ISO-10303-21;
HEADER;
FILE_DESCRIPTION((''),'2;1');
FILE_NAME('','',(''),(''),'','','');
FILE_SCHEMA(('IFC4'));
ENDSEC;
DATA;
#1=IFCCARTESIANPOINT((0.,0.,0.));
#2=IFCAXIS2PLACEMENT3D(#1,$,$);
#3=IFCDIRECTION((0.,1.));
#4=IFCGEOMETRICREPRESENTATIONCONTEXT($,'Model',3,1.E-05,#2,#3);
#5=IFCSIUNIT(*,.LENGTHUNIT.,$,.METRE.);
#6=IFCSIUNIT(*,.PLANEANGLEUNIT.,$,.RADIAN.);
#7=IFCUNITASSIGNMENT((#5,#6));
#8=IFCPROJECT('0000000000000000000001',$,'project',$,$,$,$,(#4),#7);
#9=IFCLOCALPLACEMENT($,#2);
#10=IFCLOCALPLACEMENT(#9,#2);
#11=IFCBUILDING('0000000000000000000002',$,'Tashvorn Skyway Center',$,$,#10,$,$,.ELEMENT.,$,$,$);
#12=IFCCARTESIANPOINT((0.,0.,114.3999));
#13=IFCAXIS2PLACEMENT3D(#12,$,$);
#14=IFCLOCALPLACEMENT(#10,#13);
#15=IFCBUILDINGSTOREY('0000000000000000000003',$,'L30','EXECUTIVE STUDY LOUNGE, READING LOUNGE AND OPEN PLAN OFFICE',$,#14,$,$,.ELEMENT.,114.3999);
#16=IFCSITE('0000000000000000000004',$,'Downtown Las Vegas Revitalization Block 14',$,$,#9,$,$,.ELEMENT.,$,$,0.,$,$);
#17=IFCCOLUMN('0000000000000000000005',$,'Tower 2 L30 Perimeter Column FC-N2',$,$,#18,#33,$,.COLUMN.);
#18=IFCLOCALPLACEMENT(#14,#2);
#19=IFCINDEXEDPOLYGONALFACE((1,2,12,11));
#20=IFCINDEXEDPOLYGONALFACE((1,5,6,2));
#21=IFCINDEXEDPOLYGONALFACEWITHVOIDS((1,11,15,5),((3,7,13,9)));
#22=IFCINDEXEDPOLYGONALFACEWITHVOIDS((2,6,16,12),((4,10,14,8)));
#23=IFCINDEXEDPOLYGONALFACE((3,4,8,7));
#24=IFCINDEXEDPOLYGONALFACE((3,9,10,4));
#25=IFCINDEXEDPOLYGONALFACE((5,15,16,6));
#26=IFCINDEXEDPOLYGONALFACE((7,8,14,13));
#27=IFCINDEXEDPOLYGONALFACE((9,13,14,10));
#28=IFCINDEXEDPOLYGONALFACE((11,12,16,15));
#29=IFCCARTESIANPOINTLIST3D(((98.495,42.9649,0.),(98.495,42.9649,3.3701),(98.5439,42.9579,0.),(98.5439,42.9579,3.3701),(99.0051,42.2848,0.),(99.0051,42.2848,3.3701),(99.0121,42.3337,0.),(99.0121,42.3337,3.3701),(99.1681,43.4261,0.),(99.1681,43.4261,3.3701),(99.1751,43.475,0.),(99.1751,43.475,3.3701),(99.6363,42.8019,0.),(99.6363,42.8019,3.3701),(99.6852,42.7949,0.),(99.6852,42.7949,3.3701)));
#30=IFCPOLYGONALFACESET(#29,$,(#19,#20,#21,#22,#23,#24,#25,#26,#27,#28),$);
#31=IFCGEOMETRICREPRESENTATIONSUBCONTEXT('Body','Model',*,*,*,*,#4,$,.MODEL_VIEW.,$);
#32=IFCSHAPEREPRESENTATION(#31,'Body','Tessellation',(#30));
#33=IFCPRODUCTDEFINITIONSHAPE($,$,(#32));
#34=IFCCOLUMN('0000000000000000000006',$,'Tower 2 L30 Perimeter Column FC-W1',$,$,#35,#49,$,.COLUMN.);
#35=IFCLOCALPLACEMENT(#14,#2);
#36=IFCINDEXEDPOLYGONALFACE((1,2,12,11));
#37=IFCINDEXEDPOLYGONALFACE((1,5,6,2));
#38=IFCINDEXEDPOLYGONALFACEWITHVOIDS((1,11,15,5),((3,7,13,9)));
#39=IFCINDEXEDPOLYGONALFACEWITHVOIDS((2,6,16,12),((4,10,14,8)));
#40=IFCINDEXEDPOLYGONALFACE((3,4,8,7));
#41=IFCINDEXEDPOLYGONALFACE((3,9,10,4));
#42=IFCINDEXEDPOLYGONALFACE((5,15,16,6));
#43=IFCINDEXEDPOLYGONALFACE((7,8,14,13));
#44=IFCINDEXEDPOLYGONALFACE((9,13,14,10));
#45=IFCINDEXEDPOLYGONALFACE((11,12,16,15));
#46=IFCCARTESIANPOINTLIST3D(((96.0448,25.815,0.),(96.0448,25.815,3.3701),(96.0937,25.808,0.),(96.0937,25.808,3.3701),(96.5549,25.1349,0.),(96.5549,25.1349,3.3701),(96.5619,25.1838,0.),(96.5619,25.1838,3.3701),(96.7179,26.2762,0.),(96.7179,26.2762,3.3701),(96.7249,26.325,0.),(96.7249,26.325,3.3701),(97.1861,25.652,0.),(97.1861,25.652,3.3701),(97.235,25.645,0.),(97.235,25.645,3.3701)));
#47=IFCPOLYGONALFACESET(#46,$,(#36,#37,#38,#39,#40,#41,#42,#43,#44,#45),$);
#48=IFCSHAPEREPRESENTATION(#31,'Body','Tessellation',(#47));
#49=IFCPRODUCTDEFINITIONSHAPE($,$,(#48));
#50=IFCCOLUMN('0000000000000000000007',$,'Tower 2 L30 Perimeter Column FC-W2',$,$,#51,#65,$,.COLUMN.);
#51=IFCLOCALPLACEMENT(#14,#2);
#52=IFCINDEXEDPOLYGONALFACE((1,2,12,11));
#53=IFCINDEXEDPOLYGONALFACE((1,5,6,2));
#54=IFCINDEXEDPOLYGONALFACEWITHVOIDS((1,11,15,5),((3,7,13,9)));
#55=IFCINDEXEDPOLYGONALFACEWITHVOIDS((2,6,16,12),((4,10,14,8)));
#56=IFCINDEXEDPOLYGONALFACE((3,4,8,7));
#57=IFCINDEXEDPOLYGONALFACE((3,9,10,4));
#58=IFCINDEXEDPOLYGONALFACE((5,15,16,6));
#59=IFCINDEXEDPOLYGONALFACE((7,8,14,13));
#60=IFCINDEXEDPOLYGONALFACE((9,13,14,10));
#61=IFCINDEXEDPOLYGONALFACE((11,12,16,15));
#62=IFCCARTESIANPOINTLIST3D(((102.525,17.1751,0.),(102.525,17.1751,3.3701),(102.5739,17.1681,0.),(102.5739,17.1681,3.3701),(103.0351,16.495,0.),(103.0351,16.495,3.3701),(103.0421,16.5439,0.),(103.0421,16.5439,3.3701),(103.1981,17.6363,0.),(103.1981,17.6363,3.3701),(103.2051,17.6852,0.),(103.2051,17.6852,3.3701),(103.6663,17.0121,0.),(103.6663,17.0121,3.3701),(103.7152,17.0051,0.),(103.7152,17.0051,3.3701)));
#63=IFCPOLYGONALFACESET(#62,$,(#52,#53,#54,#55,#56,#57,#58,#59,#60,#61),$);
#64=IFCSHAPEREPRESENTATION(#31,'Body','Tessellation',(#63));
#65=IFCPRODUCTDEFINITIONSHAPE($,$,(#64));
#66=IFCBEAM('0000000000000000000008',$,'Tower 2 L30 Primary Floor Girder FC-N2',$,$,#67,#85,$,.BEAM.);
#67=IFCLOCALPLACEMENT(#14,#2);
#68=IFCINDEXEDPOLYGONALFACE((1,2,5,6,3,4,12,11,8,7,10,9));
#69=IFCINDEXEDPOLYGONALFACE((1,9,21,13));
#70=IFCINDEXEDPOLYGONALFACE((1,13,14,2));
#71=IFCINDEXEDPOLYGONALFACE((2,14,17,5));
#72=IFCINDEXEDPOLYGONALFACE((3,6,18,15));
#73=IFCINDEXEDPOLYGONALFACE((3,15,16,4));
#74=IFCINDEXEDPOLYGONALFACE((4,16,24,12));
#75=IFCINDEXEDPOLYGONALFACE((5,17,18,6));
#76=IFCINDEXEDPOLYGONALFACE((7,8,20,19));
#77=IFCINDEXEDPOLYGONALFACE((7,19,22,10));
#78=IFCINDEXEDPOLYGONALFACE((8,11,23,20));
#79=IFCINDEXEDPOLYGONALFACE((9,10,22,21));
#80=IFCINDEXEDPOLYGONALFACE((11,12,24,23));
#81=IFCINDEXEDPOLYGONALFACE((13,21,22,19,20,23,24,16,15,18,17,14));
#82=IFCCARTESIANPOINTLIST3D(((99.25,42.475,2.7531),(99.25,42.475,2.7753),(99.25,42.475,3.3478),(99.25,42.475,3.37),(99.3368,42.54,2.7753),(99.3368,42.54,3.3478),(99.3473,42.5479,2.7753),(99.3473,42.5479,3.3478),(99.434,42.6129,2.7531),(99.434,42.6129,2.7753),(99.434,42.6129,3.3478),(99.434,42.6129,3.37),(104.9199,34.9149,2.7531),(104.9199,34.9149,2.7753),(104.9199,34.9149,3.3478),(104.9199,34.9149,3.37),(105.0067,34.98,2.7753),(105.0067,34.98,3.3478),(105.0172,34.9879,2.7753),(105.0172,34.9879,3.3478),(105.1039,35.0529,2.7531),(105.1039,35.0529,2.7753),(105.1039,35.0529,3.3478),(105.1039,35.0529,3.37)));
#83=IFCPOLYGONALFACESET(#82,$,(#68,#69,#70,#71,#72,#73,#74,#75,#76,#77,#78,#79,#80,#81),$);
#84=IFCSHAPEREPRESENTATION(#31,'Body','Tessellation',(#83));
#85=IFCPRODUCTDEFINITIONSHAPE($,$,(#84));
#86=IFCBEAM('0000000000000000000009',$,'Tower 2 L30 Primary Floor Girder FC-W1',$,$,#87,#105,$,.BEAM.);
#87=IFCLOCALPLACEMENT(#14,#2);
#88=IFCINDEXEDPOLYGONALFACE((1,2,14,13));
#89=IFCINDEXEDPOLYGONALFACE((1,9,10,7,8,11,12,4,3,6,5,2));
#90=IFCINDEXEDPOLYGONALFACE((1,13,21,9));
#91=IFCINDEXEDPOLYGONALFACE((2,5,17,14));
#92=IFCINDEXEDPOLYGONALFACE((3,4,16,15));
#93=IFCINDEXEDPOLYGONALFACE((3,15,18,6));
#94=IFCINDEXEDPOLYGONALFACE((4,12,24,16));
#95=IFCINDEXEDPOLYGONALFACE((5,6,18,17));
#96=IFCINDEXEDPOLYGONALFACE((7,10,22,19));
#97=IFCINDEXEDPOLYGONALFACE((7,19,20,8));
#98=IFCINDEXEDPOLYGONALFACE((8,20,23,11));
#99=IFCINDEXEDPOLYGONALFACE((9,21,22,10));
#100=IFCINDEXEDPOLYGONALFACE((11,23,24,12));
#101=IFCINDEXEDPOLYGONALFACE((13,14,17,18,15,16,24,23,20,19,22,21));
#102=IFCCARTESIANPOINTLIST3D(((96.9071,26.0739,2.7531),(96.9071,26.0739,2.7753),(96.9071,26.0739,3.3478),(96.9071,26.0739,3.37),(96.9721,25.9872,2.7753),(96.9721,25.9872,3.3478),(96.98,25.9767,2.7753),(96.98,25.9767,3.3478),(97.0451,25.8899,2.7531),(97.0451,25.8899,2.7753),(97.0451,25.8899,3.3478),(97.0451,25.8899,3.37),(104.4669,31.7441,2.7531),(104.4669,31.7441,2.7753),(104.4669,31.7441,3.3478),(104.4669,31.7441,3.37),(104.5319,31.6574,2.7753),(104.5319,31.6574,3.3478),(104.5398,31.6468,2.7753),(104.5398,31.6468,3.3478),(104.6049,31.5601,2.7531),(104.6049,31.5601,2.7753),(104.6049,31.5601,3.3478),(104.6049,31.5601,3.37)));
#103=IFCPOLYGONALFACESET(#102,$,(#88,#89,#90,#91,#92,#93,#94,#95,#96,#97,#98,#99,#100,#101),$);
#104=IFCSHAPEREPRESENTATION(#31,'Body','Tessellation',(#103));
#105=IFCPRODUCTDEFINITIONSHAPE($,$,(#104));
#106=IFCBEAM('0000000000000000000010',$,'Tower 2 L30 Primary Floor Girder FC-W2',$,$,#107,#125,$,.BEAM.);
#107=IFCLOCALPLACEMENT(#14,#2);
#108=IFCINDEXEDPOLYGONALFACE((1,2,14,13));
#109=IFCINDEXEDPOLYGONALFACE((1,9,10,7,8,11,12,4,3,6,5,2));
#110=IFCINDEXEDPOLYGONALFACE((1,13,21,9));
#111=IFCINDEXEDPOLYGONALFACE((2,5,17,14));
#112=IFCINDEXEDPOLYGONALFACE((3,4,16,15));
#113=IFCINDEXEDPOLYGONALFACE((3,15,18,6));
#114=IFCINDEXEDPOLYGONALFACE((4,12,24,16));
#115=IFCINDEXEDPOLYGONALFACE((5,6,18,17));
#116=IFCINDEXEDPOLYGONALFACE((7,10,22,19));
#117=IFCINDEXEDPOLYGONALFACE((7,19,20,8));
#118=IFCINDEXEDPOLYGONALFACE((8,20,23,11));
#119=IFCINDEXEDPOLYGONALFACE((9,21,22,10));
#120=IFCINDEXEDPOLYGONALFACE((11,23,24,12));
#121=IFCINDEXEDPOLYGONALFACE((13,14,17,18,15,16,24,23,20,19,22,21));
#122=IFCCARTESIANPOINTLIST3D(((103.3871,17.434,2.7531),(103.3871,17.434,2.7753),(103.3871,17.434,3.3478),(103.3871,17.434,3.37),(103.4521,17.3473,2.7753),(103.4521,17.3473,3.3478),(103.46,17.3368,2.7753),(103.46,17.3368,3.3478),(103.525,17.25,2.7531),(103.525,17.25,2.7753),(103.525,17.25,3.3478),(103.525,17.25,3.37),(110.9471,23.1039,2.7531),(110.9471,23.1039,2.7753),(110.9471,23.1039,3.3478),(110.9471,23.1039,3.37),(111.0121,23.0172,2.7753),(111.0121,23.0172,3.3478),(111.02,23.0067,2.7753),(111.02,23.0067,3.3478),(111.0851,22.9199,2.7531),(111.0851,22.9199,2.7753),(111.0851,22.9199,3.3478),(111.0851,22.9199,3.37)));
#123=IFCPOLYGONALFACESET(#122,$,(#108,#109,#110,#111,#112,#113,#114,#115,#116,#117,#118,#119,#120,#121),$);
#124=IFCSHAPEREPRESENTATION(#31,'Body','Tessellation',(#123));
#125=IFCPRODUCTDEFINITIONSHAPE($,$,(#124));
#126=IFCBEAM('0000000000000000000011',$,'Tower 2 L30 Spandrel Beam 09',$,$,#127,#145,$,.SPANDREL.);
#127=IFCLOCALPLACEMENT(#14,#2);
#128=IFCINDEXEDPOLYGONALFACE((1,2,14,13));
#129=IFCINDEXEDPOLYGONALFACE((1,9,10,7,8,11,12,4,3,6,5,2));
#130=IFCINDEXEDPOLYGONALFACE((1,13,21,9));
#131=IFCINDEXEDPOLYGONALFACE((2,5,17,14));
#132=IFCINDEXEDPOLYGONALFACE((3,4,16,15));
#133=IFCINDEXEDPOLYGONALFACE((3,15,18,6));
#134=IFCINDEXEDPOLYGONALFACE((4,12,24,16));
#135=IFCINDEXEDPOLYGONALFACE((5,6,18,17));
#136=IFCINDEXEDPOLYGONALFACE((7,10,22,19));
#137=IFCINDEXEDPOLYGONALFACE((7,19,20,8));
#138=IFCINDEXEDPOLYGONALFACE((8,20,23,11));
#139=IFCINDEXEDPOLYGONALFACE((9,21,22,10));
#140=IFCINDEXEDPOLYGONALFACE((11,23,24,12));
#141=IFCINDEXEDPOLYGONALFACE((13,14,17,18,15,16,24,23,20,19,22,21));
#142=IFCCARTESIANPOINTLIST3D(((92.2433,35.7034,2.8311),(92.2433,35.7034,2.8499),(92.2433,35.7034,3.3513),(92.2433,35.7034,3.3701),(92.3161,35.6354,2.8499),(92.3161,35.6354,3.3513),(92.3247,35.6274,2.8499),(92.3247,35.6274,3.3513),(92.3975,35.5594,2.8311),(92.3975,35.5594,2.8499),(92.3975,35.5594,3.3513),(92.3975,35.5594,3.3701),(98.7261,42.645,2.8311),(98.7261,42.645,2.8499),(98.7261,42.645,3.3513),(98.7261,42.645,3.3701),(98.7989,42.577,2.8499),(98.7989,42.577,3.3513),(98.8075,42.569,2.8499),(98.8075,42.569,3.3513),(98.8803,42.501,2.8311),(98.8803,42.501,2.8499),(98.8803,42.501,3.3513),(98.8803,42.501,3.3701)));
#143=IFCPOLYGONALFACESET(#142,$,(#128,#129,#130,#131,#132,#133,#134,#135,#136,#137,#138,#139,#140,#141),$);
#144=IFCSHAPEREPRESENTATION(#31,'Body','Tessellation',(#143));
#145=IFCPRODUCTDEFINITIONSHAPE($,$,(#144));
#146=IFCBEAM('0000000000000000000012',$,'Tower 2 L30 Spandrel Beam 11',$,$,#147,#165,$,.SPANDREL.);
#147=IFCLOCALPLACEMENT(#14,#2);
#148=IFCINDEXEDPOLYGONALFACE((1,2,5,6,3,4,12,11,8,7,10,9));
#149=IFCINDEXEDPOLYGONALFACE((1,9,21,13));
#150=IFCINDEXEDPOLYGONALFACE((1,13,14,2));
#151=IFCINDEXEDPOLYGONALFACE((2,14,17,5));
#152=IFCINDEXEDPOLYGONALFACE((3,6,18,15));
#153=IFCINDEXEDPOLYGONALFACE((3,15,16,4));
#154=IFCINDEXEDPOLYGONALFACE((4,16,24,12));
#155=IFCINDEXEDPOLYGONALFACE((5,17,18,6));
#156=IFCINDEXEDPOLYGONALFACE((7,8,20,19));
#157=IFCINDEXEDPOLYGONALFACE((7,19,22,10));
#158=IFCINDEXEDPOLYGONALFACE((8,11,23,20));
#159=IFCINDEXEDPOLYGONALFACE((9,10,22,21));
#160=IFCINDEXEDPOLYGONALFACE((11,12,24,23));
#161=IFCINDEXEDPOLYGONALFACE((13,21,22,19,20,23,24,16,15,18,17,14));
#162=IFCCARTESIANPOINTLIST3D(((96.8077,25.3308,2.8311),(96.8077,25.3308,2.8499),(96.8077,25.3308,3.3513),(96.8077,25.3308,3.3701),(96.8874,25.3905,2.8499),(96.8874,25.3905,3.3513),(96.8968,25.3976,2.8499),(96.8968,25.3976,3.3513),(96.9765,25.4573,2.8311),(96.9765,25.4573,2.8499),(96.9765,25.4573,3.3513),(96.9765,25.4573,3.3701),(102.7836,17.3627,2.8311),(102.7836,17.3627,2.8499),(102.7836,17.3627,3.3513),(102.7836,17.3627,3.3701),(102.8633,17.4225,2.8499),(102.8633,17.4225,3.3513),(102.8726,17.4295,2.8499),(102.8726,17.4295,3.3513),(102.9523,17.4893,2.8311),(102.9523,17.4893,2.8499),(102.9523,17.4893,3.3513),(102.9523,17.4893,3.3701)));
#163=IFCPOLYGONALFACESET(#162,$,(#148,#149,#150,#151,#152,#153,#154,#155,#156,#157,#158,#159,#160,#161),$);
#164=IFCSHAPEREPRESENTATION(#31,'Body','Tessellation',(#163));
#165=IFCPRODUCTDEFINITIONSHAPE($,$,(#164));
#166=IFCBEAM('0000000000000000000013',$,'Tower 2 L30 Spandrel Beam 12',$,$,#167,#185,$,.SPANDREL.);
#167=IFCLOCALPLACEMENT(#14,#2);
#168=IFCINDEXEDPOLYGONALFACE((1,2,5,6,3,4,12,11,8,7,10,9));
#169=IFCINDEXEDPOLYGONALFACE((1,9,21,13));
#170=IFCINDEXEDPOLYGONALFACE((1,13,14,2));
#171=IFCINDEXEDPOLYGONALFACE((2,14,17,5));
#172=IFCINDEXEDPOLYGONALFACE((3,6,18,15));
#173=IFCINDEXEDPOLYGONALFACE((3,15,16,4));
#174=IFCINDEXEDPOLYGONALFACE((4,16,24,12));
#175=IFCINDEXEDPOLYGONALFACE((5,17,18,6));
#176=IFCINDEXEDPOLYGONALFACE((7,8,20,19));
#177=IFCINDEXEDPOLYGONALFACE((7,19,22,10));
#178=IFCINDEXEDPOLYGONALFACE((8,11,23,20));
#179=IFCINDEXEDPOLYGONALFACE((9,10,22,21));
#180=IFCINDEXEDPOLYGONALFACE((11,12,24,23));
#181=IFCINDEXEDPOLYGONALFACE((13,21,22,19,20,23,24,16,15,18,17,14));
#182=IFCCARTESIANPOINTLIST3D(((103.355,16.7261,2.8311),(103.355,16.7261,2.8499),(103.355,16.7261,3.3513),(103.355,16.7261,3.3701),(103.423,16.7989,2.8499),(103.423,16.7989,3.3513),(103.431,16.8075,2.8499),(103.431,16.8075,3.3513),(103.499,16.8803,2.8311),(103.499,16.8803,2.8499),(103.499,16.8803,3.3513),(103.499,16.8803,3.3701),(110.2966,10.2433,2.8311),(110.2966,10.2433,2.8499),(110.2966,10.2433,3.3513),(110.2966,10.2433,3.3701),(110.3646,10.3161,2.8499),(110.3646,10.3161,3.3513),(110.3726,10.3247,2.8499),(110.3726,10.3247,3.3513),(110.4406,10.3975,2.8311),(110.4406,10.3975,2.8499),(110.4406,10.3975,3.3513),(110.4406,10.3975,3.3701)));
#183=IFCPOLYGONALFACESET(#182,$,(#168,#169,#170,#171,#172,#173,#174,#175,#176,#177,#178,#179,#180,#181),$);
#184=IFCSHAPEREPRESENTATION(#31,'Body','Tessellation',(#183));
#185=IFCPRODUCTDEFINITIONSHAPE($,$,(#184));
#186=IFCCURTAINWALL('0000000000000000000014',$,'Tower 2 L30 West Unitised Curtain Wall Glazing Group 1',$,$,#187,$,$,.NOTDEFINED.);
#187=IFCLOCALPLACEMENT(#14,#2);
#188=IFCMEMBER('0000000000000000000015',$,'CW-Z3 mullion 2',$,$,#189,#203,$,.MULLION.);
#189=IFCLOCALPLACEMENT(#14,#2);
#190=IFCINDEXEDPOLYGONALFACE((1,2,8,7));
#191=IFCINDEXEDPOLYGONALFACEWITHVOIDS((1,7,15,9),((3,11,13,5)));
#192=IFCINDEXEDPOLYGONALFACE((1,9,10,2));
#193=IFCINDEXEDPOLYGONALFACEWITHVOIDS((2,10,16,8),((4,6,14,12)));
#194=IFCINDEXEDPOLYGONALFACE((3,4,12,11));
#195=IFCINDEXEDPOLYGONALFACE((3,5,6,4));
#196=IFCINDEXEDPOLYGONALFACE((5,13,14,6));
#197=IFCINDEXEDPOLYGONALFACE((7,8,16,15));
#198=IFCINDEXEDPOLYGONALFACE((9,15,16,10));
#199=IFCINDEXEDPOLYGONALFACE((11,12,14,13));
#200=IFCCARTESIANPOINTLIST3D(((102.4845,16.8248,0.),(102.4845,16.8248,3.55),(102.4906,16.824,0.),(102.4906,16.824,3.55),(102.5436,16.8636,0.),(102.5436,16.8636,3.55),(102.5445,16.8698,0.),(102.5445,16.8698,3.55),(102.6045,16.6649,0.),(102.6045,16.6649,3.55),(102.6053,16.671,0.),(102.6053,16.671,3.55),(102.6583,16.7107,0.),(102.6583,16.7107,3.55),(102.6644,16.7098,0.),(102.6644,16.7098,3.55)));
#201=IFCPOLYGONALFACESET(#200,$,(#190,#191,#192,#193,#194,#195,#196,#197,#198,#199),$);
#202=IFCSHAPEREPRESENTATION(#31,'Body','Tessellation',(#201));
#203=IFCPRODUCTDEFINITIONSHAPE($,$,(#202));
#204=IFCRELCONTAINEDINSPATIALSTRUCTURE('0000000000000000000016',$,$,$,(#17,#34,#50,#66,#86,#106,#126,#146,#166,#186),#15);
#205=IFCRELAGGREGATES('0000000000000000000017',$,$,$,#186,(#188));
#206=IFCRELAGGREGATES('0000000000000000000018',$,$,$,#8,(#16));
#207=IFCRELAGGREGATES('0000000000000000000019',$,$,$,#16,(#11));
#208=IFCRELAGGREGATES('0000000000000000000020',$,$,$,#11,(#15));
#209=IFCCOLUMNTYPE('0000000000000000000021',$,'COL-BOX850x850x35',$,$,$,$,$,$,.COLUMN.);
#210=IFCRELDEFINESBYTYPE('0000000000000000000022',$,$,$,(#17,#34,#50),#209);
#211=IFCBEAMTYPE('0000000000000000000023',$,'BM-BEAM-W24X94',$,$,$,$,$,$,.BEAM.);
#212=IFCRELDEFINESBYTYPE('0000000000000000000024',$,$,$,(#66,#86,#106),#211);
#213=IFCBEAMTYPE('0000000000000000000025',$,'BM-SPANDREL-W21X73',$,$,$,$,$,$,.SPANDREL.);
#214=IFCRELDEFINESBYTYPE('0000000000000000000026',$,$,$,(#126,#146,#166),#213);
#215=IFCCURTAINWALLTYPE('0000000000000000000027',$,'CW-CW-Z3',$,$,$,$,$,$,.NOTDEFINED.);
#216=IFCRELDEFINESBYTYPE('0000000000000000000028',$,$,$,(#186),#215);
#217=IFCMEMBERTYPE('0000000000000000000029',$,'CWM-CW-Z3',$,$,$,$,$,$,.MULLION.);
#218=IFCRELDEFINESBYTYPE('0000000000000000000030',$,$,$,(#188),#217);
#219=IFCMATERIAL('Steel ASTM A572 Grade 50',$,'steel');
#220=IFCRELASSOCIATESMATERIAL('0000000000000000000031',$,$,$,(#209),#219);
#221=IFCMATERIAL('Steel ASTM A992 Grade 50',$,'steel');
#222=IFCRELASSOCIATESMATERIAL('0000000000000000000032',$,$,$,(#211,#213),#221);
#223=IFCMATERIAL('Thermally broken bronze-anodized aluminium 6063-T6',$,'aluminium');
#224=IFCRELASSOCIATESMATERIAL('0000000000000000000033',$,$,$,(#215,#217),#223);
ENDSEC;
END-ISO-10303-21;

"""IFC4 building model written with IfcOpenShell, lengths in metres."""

from ifc_helpers import new_model, si_unit, direction, frame, origin, origin_2d, place, context, subcontext, project, spatial, hollow_rectangle, i_section, extrude, material, material_profile, profile_set, type_object, element, aggregate, save


model = new_model("IFC4")

# Units and contexts
model_context = context("Model", 3, precision=1e-05, world=origin(), true_north=direction((0.0, 1.0)))
body_context = subcontext(model_context, "Body", "Model", "MODEL_VIEW")
ifc_project = project(units=[si_unit("LENGTHUNIT", "METRE"), si_unit("PLANEANGLEUNIT", "RADIAN")], contexts=[model_context])

# Site, building, storey
site_placement = place(None, origin())
site = spatial("IfcSite", under=ifc_project, at=site_placement, Name="Downtown Las Vegas Revitalization Block 14", CompositionType="ELEMENT", RefElevation=0.0)
building_placement = place(site_placement, origin())
building = spatial("IfcBuilding", under=site, at=building_placement, Name="Tashvorn Skyway Center", CompositionType="ELEMENT")
storey_placement = place(building_placement, frame((0.0, 0.0, 114.3999)))
storey = spatial("IfcBuildingStorey", under=building, at=storey_placement, Name="L30", Description="EXECUTIVE STUDY LOUNGE, READING LOUNGE AND OPEN PLAN OFFICE", CompositionType="ELEMENT", Elevation=114.3999)

# Columns
ifc_material_1 = material(Name="Steel ASTM A572 Grade 50", Category="steel")
ifc_material_profile_1 = material_profile(ifc_material_1, hollow_rectangle(XDim=0.8501, YDim=0.8501, WallThickness=0.0349, at=origin_2d()), Name="BOX850x850x35")
ifc_profile_set_1 = profile_set([ifc_material_profile_1], Name="Steel ASTM A572 Grade 50")
column_type = type_object("IfcColumnType", Name="COL-BOX850x850x35", PredefinedType="COLUMN", material=ifc_profile_set_1)
for number, where, z_axis, x_axis, name in (
    (1, (99.0901, 42.8799, 0.0), (0.0, 0.0, 1.0), (0.8, 0.6, 0.0), "Tower 2 L30 Perimeter Column FC-N2"),
    (2, (96.6399, 25.73, 0.0), (0.0, 0.0, 1.0), (0.8, 0.6, 0.0), "Tower 2 L30 Perimeter Column FC-W1"),
    (3, (103.1201, 17.0901, 0.0), (0.0, 0.0, 1.0), (0.8, 0.6, 0.0), "Tower 2 L30 Perimeter Column FC-W2"),
):
    element("IfcColumn", number, at=place(storey_placement, frame(where, z_axis=z_axis, x_axis=x_axis)), inside=storey, type_object=column_type, Name=name, PredefinedType="COLUMN", context=body_context, shape_type="SweptSolid", body=[
        extrude(hollow_rectangle(XDim=0.8501, YDim=0.8501, WallThickness=0.0349, at=origin_2d()), origin(), (0.0, 0.0, 1.0), 3.3701),
    ])

# Beams
ifc_material_2 = material(Name="Steel ASTM A992 Grade 50", Category="steel")
ifc_material_profile_2 = material_profile(ifc_material_2, i_section(OverallWidth=0.23, OverallDepth=0.6169, WebThickness=0.0132, FlangeThickness=0.0222, at=origin_2d()), Name="W24X94")
ifc_profile_set_2 = profile_set([ifc_material_profile_2], Name="Steel ASTM A992 Grade 50")
beam_type_1 = type_object("IfcBeamType", Name="BM-BEAM-W24X94", PredefinedType="BEAM", material=ifc_profile_set_2)
for number, where, z_axis, x_axis, name in (
    (4, (99.342, 42.5439, 3.0615), (0.599992, -0.800006, 0.0), (0.800006, 0.599992, 0.0), "Tower 2 L30 Primary Floor Girder FC-N2"),
    (5, (96.9761, 25.9819, 3.0615), (0.799984, 0.600021, 0.0), (-0.600021, 0.799984, 0.0), "Tower 2 L30 Primary Floor Girder FC-W1"),
    (6, (103.4561, 17.342, 3.0615), (0.800006, 0.599992, 0.0), (-0.599992, 0.800006, 0.0), "Tower 2 L30 Primary Floor Girder FC-W2"),
):
    element("IfcBeam", number, at=place(storey_placement, frame(where, z_axis=z_axis, x_axis=x_axis)), inside=storey, type_object=beam_type_1, Name=name, PredefinedType="BEAM", context=body_context, shape_type="SweptSolid", body=[
        extrude(i_section(OverallWidth=0.23, OverallDepth=0.6169, WebThickness=0.0132, FlangeThickness=0.0222, at=origin_2d()), origin(), (0.0, 0.0, 1.0), 9.45),
    ])
ifc_material_profile_3 = material_profile(ifc_material_2, i_section(OverallWidth=0.2109, OverallDepth=0.5391, WebThickness=0.0117, FlangeThickness=0.0188, at=origin_2d()), Name="W21X73")
ifc_profile_set_3 = profile_set([ifc_material_profile_3], Name="Steel ASTM A992 Grade 50")
beam_type_2 = type_object("IfcBeamType", Name="BM-SPANDREL-W21X73", PredefinedType="SPANDREL", material=ifc_profile_set_3)
beam_1_placement = place(storey_placement, frame((98.8032, 42.573, 3.1006), z_axis=(-0.682545, -0.730843, 0.0), x_axis=(0.730843, -0.682545, 0.0)))
element("IfcBeam", 7, at=beam_1_placement, inside=storey, type_object=beam_type_2, Name="Tower 2 L30 Spandrel Beam 09", PredefinedType="SPANDREL", context=body_context, shape_type="SweptSolid", body=[
    extrude(i_section(OverallWidth=0.2109, OverallDepth=0.5391, WebThickness=0.0117, FlangeThickness=0.0188, at=origin_2d()), origin(), (0.0, 0.0, 1.0), 9.498),
])
beam_2_placement = place(storey_placement, frame((96.8921, 25.394, 3.1006), z_axis=(0.599988, -0.800009, 0.0), x_axis=(0.800009, 0.599988, 0.0)))
element("IfcBeam", 8, at=beam_2_placement, inside=storey, type_object=beam_type_2, Name="Tower 2 L30 Spandrel Beam 11", PredefinedType="SPANDREL", context=body_context, shape_type="SweptSolid", body=[
    extrude(i_section(OverallWidth=0.2109, OverallDepth=0.5391, WebThickness=0.0117, FlangeThickness=0.0188, at=origin_2d()), origin(), (0.0, 0.0, 1.0), 9.96),
])
beam_3_placement = place(storey_placement, frame((103.427, 16.8032, 3.1006), z_axis=(0.730843, -0.682545, 0.0), x_axis=(0.682545, 0.730843, 0.0)))
element("IfcBeam", 9, at=beam_3_placement, inside=storey, type_object=beam_type_2, Name="Tower 2 L30 Spandrel Beam 12", PredefinedType="SPANDREL", context=body_context, shape_type="SweptSolid", body=[
    extrude(i_section(OverallWidth=0.2109, OverallDepth=0.5391, WebThickness=0.0117, FlangeThickness=0.0188, at=origin_2d()), origin(), (0.0, 0.0, 1.0), 9.498),
])

# Curtain wall, member
ifc_material_3 = material(Name="Thermally broken bronze-anodized aluminium 6063-T6", Category="aluminium")
curtain_wall_type = type_object("IfcCurtainWallType", Name="CW-CW-Z3", PredefinedType="NOTDEFINED", material=ifc_material_3)
curtain_wall_1_placement = place(storey_placement, origin())
curtain_wall_1 = element("IfcCurtainWall", 10, at=curtain_wall_1_placement, inside=storey, type_object=curtain_wall_type, Name="Tower 2 L30 West Unitised Curtain Wall Glazing Group 1", PredefinedType="NOTDEFINED")
ifc_material_profile_4 = material_profile(ifc_material_3, hollow_rectangle(XDim=0.075, YDim=0.2, WallThickness=0.0044, at=origin_2d()), Name="ALU-MULL-75x200")
ifc_profile_set_4 = profile_set([ifc_material_profile_4], Name="Thermally broken bronze-anodized aluminium 6063-T6")
member_type_1 = type_object("IfcMemberType", Name="CWM-CW-Z3", PredefinedType="MULLION", material=ifc_profile_set_4)
member_1_placement = place(storey_placement, frame((102.5745, 16.7673, 0.0), z_axis=(0.0, 0.0, 1.0), x_axis=(-0.799999, -0.600002, 0.0)))
member_1 = element("IfcMember", 11, at=member_1_placement, type_object=member_type_1, Name="CW-Z3 mullion 2", PredefinedType="MULLION", context=body_context, shape_type="SweptSolid", body=[
    extrude(hollow_rectangle(XDim=0.075, YDim=0.2, WallThickness=0.0044, at=origin_2d()), origin(), (0.0, 0.0, 1.0), 3.55),
])
aggregate(curtain_wall_1, [member_1])

save(model, "model.ifc")
